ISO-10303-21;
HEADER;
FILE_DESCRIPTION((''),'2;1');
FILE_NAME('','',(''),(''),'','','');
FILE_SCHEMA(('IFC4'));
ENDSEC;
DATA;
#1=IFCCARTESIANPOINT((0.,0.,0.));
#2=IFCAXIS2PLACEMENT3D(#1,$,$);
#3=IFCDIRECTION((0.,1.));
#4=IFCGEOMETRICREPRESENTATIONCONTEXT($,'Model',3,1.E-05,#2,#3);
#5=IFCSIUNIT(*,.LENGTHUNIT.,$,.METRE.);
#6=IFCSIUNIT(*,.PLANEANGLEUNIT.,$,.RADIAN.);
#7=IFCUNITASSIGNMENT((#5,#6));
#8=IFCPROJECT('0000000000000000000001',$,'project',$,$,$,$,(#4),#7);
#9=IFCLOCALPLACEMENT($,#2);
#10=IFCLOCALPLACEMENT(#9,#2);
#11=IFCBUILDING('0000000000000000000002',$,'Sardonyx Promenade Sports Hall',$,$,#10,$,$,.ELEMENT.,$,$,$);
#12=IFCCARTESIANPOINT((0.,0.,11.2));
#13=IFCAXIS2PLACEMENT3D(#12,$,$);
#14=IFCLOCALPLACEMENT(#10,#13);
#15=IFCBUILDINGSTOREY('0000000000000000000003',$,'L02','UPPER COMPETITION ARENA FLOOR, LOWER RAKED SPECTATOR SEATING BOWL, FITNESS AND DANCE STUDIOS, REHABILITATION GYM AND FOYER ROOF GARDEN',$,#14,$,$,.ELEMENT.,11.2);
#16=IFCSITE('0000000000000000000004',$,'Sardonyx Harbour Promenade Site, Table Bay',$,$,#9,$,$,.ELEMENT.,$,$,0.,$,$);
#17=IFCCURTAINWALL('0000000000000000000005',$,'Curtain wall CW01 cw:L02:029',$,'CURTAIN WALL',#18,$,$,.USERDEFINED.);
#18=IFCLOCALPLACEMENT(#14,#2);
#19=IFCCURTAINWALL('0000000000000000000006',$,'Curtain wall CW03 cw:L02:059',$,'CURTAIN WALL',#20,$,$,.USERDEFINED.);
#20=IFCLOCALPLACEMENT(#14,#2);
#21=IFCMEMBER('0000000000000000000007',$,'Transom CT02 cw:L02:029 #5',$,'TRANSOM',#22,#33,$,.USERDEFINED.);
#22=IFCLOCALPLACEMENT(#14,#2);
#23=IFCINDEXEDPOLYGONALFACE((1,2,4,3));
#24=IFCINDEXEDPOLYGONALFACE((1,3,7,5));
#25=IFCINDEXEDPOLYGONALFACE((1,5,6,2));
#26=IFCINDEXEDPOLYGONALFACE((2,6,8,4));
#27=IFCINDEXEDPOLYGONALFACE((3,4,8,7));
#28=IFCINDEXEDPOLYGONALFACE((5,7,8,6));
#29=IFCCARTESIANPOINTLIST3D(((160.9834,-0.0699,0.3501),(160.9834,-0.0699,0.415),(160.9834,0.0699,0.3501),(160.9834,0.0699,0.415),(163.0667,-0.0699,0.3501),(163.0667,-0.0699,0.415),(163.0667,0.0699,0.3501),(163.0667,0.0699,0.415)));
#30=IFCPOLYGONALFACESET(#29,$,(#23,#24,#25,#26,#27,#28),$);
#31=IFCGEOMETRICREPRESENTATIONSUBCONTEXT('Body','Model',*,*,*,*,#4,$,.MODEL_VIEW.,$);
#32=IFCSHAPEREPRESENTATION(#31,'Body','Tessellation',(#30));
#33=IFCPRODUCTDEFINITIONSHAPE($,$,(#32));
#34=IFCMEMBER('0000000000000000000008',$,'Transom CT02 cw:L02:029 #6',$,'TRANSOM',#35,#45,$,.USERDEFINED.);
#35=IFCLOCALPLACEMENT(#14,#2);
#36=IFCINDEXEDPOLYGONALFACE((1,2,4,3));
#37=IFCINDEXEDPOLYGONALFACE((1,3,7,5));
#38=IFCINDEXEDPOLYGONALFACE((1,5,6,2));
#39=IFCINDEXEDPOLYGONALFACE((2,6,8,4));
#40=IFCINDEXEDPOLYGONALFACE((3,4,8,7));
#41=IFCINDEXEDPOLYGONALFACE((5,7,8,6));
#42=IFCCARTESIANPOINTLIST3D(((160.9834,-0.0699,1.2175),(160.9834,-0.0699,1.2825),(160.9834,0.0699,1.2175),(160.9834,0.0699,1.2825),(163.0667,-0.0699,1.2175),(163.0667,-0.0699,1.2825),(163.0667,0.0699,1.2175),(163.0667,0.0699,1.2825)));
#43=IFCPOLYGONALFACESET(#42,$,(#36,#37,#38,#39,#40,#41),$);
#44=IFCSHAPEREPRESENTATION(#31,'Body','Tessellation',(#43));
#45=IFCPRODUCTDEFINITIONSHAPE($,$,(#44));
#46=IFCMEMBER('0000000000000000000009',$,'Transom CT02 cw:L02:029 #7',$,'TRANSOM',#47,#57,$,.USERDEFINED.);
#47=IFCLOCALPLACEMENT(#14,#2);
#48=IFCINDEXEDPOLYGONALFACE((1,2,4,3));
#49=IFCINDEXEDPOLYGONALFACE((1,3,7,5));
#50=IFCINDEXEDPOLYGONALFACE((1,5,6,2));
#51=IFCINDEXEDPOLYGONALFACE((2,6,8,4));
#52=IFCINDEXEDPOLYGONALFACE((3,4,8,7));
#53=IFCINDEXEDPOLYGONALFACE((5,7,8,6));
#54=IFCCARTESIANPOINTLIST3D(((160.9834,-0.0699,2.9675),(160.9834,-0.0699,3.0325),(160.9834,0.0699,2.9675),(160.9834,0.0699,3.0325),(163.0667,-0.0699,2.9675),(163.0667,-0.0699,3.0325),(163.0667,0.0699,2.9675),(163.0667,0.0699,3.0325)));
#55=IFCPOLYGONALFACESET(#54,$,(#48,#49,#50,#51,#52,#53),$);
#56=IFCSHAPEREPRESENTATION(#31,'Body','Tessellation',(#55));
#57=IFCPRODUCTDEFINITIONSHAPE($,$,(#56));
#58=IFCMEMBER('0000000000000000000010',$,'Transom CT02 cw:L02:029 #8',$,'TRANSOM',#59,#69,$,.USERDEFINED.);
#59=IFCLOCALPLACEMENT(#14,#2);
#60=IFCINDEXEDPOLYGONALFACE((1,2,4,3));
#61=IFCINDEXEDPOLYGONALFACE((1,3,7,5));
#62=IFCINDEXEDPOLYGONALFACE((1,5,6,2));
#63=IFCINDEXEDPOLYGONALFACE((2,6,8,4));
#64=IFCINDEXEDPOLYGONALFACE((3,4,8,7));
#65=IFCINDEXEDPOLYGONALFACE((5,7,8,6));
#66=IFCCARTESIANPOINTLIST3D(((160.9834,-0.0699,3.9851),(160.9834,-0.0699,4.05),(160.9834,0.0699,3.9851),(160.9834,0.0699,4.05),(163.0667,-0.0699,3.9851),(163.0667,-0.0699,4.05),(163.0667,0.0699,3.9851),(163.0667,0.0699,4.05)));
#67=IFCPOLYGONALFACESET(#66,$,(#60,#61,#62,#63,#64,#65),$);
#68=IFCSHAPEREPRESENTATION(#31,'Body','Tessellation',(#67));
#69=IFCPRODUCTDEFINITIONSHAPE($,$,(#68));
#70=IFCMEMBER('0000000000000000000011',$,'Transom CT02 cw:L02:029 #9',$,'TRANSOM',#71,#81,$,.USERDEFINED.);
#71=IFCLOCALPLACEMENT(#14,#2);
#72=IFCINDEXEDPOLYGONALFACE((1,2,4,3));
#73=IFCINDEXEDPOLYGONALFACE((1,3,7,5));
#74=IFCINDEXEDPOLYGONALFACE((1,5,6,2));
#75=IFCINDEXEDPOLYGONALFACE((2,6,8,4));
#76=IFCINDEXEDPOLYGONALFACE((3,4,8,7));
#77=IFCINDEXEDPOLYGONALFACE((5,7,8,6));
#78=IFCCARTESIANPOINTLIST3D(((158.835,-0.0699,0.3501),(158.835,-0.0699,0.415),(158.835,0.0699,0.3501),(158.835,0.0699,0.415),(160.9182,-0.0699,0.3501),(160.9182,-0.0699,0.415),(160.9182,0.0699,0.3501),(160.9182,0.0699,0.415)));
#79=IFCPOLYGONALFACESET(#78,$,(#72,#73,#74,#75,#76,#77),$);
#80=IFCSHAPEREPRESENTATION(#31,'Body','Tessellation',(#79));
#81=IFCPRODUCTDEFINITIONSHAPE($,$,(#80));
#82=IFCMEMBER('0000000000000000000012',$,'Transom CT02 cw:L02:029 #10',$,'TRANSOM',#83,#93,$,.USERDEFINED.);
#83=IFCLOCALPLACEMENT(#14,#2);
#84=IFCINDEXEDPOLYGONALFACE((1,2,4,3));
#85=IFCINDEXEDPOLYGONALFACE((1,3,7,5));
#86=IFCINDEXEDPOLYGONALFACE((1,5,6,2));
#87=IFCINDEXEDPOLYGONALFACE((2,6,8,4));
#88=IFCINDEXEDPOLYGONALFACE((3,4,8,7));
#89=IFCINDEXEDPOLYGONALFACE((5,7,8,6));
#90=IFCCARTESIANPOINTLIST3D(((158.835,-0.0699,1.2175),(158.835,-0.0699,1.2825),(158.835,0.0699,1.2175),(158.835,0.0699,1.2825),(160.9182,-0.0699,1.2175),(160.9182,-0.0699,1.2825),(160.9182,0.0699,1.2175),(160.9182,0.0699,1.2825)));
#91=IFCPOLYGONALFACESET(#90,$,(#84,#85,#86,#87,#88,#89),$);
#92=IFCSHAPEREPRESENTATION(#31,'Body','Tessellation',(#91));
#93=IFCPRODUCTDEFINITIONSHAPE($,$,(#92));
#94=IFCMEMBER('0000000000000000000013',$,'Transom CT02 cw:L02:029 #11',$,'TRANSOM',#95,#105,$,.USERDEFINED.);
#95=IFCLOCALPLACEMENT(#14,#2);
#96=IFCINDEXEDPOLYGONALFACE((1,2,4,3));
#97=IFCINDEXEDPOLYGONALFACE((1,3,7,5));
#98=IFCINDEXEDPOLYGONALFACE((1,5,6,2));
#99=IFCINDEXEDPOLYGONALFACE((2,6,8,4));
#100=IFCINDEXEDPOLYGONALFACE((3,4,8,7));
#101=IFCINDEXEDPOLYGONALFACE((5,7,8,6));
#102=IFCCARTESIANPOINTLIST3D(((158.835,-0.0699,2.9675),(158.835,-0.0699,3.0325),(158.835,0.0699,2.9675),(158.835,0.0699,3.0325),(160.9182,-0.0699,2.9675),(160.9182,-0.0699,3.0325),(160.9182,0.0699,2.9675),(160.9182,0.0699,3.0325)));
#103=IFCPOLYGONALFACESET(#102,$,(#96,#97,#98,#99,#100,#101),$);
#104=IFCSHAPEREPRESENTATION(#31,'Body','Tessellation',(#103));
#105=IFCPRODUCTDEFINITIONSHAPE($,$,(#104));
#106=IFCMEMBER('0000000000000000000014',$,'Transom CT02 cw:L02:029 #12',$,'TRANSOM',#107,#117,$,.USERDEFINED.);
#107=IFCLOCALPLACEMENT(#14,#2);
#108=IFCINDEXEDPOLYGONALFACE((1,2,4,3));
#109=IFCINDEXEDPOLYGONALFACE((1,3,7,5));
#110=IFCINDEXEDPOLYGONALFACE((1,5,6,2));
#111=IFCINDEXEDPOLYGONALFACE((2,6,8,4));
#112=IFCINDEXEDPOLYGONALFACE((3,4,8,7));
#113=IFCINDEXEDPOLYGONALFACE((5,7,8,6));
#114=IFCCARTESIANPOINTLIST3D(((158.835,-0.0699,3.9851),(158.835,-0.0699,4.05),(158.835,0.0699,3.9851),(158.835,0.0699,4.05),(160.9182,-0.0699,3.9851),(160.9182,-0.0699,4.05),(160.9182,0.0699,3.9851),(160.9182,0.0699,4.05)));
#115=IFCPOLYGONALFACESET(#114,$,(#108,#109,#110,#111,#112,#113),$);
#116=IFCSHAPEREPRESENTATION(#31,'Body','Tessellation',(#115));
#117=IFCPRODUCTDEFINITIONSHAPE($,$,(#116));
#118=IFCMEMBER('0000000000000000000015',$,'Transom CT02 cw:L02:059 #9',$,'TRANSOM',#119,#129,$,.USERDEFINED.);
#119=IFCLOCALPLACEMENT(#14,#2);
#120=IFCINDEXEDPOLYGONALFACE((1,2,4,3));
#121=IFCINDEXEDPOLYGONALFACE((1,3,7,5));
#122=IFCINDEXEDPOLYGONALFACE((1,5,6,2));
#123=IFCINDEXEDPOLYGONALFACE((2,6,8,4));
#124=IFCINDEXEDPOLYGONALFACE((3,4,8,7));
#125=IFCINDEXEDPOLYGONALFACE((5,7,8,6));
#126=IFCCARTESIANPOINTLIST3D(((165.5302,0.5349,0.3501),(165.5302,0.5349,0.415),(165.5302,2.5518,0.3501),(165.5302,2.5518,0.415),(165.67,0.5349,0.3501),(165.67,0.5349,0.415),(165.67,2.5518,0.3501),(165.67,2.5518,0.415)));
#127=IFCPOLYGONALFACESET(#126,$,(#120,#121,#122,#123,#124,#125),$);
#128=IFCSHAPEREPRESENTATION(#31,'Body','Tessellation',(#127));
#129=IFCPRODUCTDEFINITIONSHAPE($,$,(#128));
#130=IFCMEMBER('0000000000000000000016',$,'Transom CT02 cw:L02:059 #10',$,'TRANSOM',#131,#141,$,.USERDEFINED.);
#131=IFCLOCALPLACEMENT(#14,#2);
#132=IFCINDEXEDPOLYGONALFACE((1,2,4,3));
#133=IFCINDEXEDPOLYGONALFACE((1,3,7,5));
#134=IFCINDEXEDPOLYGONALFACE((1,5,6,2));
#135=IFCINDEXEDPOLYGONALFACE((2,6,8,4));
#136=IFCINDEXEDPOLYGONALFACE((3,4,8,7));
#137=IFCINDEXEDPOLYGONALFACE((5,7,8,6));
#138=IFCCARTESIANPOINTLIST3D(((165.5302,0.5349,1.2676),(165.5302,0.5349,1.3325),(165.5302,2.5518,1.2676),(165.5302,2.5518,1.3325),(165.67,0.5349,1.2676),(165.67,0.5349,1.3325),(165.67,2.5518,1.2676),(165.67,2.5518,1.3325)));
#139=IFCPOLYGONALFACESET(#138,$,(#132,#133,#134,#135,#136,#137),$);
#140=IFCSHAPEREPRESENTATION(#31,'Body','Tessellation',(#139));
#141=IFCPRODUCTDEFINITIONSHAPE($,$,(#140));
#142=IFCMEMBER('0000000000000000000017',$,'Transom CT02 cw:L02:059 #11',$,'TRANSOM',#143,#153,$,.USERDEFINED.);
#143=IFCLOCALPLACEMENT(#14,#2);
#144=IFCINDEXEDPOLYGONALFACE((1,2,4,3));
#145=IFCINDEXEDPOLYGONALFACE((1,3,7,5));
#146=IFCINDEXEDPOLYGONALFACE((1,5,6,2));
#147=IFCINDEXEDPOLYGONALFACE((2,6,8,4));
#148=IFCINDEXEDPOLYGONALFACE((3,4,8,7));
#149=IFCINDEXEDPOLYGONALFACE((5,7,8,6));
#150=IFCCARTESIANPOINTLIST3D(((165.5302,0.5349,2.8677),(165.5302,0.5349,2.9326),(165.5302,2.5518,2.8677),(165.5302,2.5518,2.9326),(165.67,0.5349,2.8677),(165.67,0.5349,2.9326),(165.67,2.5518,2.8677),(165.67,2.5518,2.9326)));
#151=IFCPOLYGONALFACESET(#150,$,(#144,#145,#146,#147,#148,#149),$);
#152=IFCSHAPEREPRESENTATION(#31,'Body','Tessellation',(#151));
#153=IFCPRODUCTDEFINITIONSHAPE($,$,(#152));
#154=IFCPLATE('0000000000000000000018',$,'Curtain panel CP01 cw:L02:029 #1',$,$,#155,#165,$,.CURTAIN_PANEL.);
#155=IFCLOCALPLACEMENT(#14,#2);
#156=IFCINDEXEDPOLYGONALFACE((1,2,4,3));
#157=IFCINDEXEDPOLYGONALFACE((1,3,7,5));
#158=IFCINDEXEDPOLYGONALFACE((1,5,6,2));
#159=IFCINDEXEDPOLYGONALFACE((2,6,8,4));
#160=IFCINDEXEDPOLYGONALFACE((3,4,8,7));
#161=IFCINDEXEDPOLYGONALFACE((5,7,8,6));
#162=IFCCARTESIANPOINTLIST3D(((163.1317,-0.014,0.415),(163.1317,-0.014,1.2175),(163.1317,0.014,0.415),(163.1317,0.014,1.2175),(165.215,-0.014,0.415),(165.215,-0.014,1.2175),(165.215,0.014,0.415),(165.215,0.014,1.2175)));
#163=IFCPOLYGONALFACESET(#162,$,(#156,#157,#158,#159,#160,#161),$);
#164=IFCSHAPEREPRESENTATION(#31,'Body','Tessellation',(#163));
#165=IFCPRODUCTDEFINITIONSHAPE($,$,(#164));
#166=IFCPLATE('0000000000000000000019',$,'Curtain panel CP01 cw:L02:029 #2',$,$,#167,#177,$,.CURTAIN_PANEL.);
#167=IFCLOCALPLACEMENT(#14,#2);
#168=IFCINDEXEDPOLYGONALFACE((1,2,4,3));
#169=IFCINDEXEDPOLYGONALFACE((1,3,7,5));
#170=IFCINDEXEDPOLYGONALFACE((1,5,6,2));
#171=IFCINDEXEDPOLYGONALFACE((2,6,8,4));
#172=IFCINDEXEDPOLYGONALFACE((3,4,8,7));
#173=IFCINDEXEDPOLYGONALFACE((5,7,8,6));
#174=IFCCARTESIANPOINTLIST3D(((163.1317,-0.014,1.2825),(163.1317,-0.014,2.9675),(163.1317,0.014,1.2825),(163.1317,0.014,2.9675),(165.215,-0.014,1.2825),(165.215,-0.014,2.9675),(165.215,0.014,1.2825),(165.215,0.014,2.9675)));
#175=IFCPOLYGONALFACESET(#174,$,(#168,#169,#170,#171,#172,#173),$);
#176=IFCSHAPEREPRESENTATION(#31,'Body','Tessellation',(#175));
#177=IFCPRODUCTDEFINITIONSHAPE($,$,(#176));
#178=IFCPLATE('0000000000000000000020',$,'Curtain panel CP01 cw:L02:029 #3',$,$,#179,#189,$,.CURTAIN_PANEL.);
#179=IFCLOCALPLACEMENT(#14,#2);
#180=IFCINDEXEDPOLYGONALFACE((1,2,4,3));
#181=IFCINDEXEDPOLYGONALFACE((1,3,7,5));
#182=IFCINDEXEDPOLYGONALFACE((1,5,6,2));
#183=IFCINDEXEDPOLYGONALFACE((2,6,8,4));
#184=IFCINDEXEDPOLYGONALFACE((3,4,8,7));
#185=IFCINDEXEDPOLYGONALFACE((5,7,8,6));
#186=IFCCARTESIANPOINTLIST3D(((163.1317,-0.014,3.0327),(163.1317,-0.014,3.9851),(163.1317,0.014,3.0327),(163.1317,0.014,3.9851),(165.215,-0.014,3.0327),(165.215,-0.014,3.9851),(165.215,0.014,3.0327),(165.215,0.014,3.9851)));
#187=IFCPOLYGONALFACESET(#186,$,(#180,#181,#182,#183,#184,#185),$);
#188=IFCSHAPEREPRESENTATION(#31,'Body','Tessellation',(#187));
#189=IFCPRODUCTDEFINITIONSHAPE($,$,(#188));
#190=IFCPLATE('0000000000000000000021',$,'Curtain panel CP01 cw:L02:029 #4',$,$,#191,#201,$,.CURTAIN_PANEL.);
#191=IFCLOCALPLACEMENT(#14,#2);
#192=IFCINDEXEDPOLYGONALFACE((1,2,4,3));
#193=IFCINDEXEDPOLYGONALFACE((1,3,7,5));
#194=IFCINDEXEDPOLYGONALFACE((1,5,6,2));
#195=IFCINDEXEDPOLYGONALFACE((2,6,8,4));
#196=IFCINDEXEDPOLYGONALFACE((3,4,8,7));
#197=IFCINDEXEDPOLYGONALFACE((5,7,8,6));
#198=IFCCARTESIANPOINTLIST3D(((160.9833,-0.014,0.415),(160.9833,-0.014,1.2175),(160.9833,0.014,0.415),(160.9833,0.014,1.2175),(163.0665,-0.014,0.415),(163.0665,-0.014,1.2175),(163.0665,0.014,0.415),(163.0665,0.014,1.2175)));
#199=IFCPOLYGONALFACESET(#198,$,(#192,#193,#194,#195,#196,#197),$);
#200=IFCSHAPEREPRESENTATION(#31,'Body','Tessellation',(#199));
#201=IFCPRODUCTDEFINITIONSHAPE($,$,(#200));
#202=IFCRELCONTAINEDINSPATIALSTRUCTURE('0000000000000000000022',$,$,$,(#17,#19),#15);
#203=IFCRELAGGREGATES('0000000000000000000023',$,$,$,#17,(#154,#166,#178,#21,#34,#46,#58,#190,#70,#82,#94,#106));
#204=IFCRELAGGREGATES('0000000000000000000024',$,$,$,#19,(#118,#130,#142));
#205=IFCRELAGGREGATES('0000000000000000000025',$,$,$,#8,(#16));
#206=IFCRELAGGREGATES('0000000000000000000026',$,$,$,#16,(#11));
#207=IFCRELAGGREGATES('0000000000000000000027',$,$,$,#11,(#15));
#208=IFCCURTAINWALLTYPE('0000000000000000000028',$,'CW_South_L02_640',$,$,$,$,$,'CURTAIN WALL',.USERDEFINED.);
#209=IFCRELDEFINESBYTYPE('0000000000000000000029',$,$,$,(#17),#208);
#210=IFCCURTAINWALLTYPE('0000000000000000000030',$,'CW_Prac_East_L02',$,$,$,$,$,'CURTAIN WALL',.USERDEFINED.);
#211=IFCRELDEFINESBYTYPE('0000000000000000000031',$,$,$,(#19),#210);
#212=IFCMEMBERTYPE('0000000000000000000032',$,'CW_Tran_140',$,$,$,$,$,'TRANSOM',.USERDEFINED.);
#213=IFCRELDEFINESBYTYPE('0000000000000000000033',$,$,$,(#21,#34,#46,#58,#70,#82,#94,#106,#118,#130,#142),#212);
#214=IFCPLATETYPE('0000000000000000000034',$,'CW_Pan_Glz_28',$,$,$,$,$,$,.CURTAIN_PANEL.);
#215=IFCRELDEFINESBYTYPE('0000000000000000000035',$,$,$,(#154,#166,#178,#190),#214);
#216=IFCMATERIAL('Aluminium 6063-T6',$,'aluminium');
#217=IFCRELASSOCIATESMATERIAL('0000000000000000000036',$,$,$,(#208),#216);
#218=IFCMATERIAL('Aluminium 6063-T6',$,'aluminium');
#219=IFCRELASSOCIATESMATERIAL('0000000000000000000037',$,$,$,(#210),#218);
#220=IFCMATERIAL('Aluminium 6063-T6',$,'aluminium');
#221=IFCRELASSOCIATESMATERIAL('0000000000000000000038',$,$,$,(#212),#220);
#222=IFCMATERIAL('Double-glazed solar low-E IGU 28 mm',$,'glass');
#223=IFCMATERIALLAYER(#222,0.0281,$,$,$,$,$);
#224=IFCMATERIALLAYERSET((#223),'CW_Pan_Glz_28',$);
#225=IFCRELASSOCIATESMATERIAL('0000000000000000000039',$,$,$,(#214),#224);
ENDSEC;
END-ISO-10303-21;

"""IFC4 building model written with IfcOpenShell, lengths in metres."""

from ifc_helpers import new_model, si_unit, direction, frame, origin, origin_2d, place, context, subcontext, project, spatial, rectangle, extrude, material, layer, layer_set, material_profile, profile_set, type_object, element, aggregate, save


model = new_model("IFC4")

# Units and contexts
model_context = context("Model", 3, precision=1e-05, world=origin(), true_north=direction((0.0, 1.0)))
body_context = subcontext(model_context, "Body", "Model", "MODEL_VIEW")
ifc_project = project(units=[si_unit("LENGTHUNIT", "METRE"), si_unit("PLANEANGLEUNIT", "RADIAN")], contexts=[model_context])

# Site, building, storey
site_placement = place(None, origin())
site = spatial("IfcSite", under=ifc_project, at=site_placement, Name="Sardonyx Harbour Promenade Site, Table Bay", CompositionType="ELEMENT", RefElevation=0.0)
building_placement = place(site_placement, origin())
building = spatial("IfcBuilding", under=site, at=building_placement, Name="Sardonyx Promenade Sports Hall", CompositionType="ELEMENT")
storey_placement = place(building_placement, frame((0.0, 0.0, 11.2)))
storey = spatial("IfcBuildingStorey", under=building, at=storey_placement, Name="L02", Description="UPPER COMPETITION ARENA FLOOR, LOWER RAKED SPECTATOR SEATING BOWL, FITNESS AND DANCE STUDIOS, REHABILITATION GYM AND FOYER ROOF GARDEN", CompositionType="ELEMENT", Elevation=11.2)

# Curtain wall
ifc_material_1 = material(Name="Aluminium 6063-T6", Category="aluminium")
curtain_wall_type_1 = type_object("IfcCurtainWallType", Name="CW_South_L02_640", ElementType="CURTAIN WALL", PredefinedType="USERDEFINED", material=ifc_material_1)
curtain_wall_1_placement = place(storey_placement, origin())
curtain_wall_1 = element("IfcCurtainWall", 1, at=curtain_wall_1_placement, inside=storey, type_object=curtain_wall_type_1, Name="Curtain wall CW01 cw:L02:029", ObjectType="CURTAIN WALL", PredefinedType="USERDEFINED")

# Curtain wall
ifc_material_2 = material(Name="Aluminium 6063-T6", Category="aluminium")
curtain_wall_type_2 = type_object("IfcCurtainWallType", Name="CW_Prac_East_L02", ElementType="CURTAIN WALL", PredefinedType="USERDEFINED", material=ifc_material_2)
curtain_wall_2_placement = place(storey_placement, origin())
curtain_wall_2 = element("IfcCurtainWall", 2, at=curtain_wall_2_placement, inside=storey, type_object=curtain_wall_type_2, Name="Curtain wall CW03 cw:L02:059", ObjectType="CURTAIN WALL", PredefinedType="USERDEFINED")

# Members
ifc_material_3 = material(Name="Aluminium 6063-T6", Category="aluminium")
ifc_material_profile_1 = material_profile(ifc_material_3, rectangle(XDim=0.0649, YDim=0.1399, at=origin_2d()))
ifc_profile_set_1 = profile_set([ifc_material_profile_1], Name="Aluminium 6063-T6")
member_type_1 = type_object("IfcMemberType", Name="CW_Tran_140", ElementType="TRANSOM", PredefinedType="USERDEFINED", material=ifc_profile_set_1)
member_1_placement = place(storey_placement, frame((163.0667, 0.0, 0.3826), z_axis=(-1.0, 0.0, 0.0), x_axis=(0.0, 0.0, 1.0)))
member_1 = element("IfcMember", 3, at=member_1_placement, type_object=member_type_1, Name="Transom CT02 cw:L02:029 #5", ObjectType="TRANSOM", PredefinedType="USERDEFINED", context=body_context, shape_type="SweptSolid", body=[
    extrude(rectangle(XDim=0.0649, YDim=0.1399, at=origin_2d()), origin(), (0.0, 0.0, 1.0), 2.0833),
])
member_2_placement = place(storey_placement, frame((163.0667, 0.0, 1.25), z_axis=(-1.0, 0.0, 0.0), x_axis=(0.0, 0.0, 1.0)))
member_2 = element("IfcMember", 4, at=member_2_placement, type_object=member_type_1, Name="Transom CT02 cw:L02:029 #6", ObjectType="TRANSOM", PredefinedType="USERDEFINED", context=body_context, shape_type="SweptSolid", body=[
    extrude(rectangle(XDim=0.0649, YDim=0.1399, at=origin_2d()), origin(), (0.0, 0.0, 1.0), 2.0833),
])
member_3_placement = place(storey_placement, frame((163.0667, 0.0, 3.0), z_axis=(-1.0, 0.0, 0.0), x_axis=(0.0, 0.0, 1.0)))
member_3 = element("IfcMember", 5, at=member_3_placement, type_object=member_type_1, Name="Transom CT02 cw:L02:029 #7", ObjectType="TRANSOM", PredefinedType="USERDEFINED", context=body_context, shape_type="SweptSolid", body=[
    extrude(rectangle(XDim=0.0649, YDim=0.1399, at=origin_2d()), origin(), (0.0, 0.0, 1.0), 2.0833),
])
member_4_placement = place(storey_placement, frame((163.0667, 0.0, 4.0176), z_axis=(-1.0, 0.0, 0.0), x_axis=(0.0, 0.0, 1.0)))
member_4 = element("IfcMember", 6, at=member_4_placement, type_object=member_type_1, Name="Transom CT02 cw:L02:029 #8", ObjectType="TRANSOM", PredefinedType="USERDEFINED", context=body_context, shape_type="SweptSolid", body=[
    extrude(rectangle(XDim=0.0649, YDim=0.1399, at=origin_2d()), origin(), (0.0, 0.0, 1.0), 2.0833),
])
member_5_placement = place(storey_placement, frame((160.9182, 0.0, 0.3826), z_axis=(-1.0, 0.0, 0.0), x_axis=(0.0, 0.0, 1.0)))
member_5 = element("IfcMember", 7, at=member_5_placement, type_object=member_type_1, Name="Transom CT02 cw:L02:029 #9", ObjectType="TRANSOM", PredefinedType="USERDEFINED", context=body_context, shape_type="SweptSolid", body=[
    extrude(rectangle(XDim=0.0649, YDim=0.1399, at=origin_2d()), origin(), (0.0, 0.0, 1.0), 2.0833),
])
member_6_placement = place(storey_placement, frame((160.9182, 0.0, 1.25), z_axis=(-1.0, 0.0, 0.0), x_axis=(0.0, 0.0, 1.0)))
member_6 = element("IfcMember", 8, at=member_6_placement, type_object=member_type_1, Name="Transom CT02 cw:L02:029 #10", ObjectType="TRANSOM", PredefinedType="USERDEFINED", context=body_context, shape_type="SweptSolid", body=[
    extrude(rectangle(XDim=0.0649, YDim=0.1399, at=origin_2d()), origin(), (0.0, 0.0, 1.0), 2.0833),
])
member_7_placement = place(storey_placement, frame((160.9182, 0.0, 3.0), z_axis=(-1.0, 0.0, 0.0), x_axis=(0.0, 0.0, 1.0)))
member_7 = element("IfcMember", 9, at=member_7_placement, type_object=member_type_1, Name="Transom CT02 cw:L02:029 #11", ObjectType="TRANSOM", PredefinedType="USERDEFINED", context=body_context, shape_type="SweptSolid", body=[
    extrude(rectangle(XDim=0.0649, YDim=0.1399, at=origin_2d()), origin(), (0.0, 0.0, 1.0), 2.0833),
])
member_8_placement = place(storey_placement, frame((160.9182, 0.0, 4.0176), z_axis=(-1.0, 0.0, 0.0), x_axis=(0.0, 0.0, 1.0)))
member_8 = element("IfcMember", 10, at=member_8_placement, type_object=member_type_1, Name="Transom CT02 cw:L02:029 #12", ObjectType="TRANSOM", PredefinedType="USERDEFINED", context=body_context, shape_type="SweptSolid", body=[
    extrude(rectangle(XDim=0.0649, YDim=0.1399, at=origin_2d()), origin(), (0.0, 0.0, 1.0), 2.0833),
])
member_9_placement = place(storey_placement, frame((165.6001, 2.5518, 0.3826), z_axis=(0.0, -1.0, 0.0), x_axis=(0.0, 0.0, 1.0)))
member_9 = element("IfcMember", 11, at=member_9_placement, type_object=member_type_1, Name="Transom CT02 cw:L02:059 #9", ObjectType="TRANSOM", PredefinedType="USERDEFINED", context=body_context, shape_type="SweptSolid", body=[
    extrude(rectangle(XDim=0.0649, YDim=0.1399, at=origin_2d()), origin(), (0.0, 0.0, 1.0), 2.0168),
])
member_10_placement = place(storey_placement, frame((165.6001, 2.5518, 1.3), z_axis=(0.0, -1.0, 0.0), x_axis=(0.0, 0.0, 1.0)))
member_10 = element("IfcMember", 12, at=member_10_placement, type_object=member_type_1, Name="Transom CT02 cw:L02:059 #10", ObjectType="TRANSOM", PredefinedType="USERDEFINED", context=body_context, shape_type="SweptSolid", body=[
    extrude(rectangle(XDim=0.0649, YDim=0.1399, at=origin_2d()), origin(), (0.0, 0.0, 1.0), 2.0168),
])
member_11_placement = place(storey_placement, frame((165.6001, 2.5518, 2.9001), z_axis=(0.0, -1.0, 0.0), x_axis=(0.0, 0.0, 1.0)))
member_11 = element("IfcMember", 13, at=member_11_placement, type_object=member_type_1, Name="Transom CT02 cw:L02:059 #11", ObjectType="TRANSOM", PredefinedType="USERDEFINED", context=body_context, shape_type="SweptSolid", body=[
    extrude(rectangle(XDim=0.0649, YDim=0.1399, at=origin_2d()), origin(), (0.0, 0.0, 1.0), 2.0168),
])

# Plates
ifc_material_4 = material(Name="Double-glazed solar low-E IGU 28 mm", Category="glass")
ifc_layer_1 = layer(ifc_material_4, 0.0281)
ifc_layer_set_1 = layer_set([ifc_layer_1], Name="CW_Pan_Glz_28")
plate_type_1 = type_object("IfcPlateType", Name="CW_Pan_Glz_28", PredefinedType="CURTAIN_PANEL", material=ifc_layer_set_1)
plate_1_placement = place(storey_placement, frame((164.1733, 0.0, 0.415), z_axis=(0.0, 0.0, 1.0), x_axis=(-1.0, 0.0, 0.0)))
plate_1 = element("IfcPlate", 14, at=plate_1_placement, type_object=plate_type_1, Name="Curtain panel CP01 cw:L02:029 #1", PredefinedType="CURTAIN_PANEL", context=body_context, shape_type="SweptSolid", body=[
    extrude(rectangle(XDim=2.0833, YDim=0.0281, at=origin_2d()), origin(), (0.0, 0.0, 1.0), 0.8025),
])
plate_2_placement = place(storey_placement, frame((164.1733, 0.0, 1.2825), z_axis=(0.0, 0.0, 1.0), x_axis=(-1.0, 0.0, 0.0)))
plate_2 = element("IfcPlate", 15, at=plate_2_placement, type_object=plate_type_1, Name="Curtain panel CP01 cw:L02:029 #2", PredefinedType="CURTAIN_PANEL", context=body_context, shape_type="SweptSolid", body=[
    extrude(rectangle(XDim=2.0833, YDim=0.0281, at=origin_2d()), origin(), (0.0, 0.0, 1.0), 1.6851),
])
plate_3_placement = place(storey_placement, frame((164.1733, 0.0, 3.0327), z_axis=(0.0, 0.0, 1.0), x_axis=(-1.0, 0.0, 0.0)))
plate_3 = element("IfcPlate", 16, at=plate_3_placement, type_object=plate_type_1, Name="Curtain panel CP01 cw:L02:029 #3", PredefinedType="CURTAIN_PANEL", context=body_context, shape_type="SweptSolid", body=[
    extrude(rectangle(XDim=2.0833, YDim=0.0281, at=origin_2d()), origin(), (0.0, 0.0, 1.0), 0.9524),
])
plate_4_placement = place(storey_placement, frame((162.0249, 0.0, 0.415), z_axis=(0.0, 0.0, 1.0), x_axis=(-1.0, 0.0, 0.0)))
plate_4 = element("IfcPlate", 17, at=plate_4_placement, type_object=plate_type_1, Name="Curtain panel CP01 cw:L02:029 #4", PredefinedType="CURTAIN_PANEL", context=body_context, shape_type="SweptSolid", body=[
    extrude(rectangle(XDim=2.0833, YDim=0.0281, at=origin_2d()), origin(), (0.0, 0.0, 1.0), 0.8025),
])
aggregate(curtain_wall_1, [plate_1, plate_2, plate_3, member_1, member_2, member_3, member_4, plate_4, member_5, member_6, member_7, member_8])
aggregate(curtain_wall_2, [member_9, member_10, member_11])

save(model, "model.ifc")
